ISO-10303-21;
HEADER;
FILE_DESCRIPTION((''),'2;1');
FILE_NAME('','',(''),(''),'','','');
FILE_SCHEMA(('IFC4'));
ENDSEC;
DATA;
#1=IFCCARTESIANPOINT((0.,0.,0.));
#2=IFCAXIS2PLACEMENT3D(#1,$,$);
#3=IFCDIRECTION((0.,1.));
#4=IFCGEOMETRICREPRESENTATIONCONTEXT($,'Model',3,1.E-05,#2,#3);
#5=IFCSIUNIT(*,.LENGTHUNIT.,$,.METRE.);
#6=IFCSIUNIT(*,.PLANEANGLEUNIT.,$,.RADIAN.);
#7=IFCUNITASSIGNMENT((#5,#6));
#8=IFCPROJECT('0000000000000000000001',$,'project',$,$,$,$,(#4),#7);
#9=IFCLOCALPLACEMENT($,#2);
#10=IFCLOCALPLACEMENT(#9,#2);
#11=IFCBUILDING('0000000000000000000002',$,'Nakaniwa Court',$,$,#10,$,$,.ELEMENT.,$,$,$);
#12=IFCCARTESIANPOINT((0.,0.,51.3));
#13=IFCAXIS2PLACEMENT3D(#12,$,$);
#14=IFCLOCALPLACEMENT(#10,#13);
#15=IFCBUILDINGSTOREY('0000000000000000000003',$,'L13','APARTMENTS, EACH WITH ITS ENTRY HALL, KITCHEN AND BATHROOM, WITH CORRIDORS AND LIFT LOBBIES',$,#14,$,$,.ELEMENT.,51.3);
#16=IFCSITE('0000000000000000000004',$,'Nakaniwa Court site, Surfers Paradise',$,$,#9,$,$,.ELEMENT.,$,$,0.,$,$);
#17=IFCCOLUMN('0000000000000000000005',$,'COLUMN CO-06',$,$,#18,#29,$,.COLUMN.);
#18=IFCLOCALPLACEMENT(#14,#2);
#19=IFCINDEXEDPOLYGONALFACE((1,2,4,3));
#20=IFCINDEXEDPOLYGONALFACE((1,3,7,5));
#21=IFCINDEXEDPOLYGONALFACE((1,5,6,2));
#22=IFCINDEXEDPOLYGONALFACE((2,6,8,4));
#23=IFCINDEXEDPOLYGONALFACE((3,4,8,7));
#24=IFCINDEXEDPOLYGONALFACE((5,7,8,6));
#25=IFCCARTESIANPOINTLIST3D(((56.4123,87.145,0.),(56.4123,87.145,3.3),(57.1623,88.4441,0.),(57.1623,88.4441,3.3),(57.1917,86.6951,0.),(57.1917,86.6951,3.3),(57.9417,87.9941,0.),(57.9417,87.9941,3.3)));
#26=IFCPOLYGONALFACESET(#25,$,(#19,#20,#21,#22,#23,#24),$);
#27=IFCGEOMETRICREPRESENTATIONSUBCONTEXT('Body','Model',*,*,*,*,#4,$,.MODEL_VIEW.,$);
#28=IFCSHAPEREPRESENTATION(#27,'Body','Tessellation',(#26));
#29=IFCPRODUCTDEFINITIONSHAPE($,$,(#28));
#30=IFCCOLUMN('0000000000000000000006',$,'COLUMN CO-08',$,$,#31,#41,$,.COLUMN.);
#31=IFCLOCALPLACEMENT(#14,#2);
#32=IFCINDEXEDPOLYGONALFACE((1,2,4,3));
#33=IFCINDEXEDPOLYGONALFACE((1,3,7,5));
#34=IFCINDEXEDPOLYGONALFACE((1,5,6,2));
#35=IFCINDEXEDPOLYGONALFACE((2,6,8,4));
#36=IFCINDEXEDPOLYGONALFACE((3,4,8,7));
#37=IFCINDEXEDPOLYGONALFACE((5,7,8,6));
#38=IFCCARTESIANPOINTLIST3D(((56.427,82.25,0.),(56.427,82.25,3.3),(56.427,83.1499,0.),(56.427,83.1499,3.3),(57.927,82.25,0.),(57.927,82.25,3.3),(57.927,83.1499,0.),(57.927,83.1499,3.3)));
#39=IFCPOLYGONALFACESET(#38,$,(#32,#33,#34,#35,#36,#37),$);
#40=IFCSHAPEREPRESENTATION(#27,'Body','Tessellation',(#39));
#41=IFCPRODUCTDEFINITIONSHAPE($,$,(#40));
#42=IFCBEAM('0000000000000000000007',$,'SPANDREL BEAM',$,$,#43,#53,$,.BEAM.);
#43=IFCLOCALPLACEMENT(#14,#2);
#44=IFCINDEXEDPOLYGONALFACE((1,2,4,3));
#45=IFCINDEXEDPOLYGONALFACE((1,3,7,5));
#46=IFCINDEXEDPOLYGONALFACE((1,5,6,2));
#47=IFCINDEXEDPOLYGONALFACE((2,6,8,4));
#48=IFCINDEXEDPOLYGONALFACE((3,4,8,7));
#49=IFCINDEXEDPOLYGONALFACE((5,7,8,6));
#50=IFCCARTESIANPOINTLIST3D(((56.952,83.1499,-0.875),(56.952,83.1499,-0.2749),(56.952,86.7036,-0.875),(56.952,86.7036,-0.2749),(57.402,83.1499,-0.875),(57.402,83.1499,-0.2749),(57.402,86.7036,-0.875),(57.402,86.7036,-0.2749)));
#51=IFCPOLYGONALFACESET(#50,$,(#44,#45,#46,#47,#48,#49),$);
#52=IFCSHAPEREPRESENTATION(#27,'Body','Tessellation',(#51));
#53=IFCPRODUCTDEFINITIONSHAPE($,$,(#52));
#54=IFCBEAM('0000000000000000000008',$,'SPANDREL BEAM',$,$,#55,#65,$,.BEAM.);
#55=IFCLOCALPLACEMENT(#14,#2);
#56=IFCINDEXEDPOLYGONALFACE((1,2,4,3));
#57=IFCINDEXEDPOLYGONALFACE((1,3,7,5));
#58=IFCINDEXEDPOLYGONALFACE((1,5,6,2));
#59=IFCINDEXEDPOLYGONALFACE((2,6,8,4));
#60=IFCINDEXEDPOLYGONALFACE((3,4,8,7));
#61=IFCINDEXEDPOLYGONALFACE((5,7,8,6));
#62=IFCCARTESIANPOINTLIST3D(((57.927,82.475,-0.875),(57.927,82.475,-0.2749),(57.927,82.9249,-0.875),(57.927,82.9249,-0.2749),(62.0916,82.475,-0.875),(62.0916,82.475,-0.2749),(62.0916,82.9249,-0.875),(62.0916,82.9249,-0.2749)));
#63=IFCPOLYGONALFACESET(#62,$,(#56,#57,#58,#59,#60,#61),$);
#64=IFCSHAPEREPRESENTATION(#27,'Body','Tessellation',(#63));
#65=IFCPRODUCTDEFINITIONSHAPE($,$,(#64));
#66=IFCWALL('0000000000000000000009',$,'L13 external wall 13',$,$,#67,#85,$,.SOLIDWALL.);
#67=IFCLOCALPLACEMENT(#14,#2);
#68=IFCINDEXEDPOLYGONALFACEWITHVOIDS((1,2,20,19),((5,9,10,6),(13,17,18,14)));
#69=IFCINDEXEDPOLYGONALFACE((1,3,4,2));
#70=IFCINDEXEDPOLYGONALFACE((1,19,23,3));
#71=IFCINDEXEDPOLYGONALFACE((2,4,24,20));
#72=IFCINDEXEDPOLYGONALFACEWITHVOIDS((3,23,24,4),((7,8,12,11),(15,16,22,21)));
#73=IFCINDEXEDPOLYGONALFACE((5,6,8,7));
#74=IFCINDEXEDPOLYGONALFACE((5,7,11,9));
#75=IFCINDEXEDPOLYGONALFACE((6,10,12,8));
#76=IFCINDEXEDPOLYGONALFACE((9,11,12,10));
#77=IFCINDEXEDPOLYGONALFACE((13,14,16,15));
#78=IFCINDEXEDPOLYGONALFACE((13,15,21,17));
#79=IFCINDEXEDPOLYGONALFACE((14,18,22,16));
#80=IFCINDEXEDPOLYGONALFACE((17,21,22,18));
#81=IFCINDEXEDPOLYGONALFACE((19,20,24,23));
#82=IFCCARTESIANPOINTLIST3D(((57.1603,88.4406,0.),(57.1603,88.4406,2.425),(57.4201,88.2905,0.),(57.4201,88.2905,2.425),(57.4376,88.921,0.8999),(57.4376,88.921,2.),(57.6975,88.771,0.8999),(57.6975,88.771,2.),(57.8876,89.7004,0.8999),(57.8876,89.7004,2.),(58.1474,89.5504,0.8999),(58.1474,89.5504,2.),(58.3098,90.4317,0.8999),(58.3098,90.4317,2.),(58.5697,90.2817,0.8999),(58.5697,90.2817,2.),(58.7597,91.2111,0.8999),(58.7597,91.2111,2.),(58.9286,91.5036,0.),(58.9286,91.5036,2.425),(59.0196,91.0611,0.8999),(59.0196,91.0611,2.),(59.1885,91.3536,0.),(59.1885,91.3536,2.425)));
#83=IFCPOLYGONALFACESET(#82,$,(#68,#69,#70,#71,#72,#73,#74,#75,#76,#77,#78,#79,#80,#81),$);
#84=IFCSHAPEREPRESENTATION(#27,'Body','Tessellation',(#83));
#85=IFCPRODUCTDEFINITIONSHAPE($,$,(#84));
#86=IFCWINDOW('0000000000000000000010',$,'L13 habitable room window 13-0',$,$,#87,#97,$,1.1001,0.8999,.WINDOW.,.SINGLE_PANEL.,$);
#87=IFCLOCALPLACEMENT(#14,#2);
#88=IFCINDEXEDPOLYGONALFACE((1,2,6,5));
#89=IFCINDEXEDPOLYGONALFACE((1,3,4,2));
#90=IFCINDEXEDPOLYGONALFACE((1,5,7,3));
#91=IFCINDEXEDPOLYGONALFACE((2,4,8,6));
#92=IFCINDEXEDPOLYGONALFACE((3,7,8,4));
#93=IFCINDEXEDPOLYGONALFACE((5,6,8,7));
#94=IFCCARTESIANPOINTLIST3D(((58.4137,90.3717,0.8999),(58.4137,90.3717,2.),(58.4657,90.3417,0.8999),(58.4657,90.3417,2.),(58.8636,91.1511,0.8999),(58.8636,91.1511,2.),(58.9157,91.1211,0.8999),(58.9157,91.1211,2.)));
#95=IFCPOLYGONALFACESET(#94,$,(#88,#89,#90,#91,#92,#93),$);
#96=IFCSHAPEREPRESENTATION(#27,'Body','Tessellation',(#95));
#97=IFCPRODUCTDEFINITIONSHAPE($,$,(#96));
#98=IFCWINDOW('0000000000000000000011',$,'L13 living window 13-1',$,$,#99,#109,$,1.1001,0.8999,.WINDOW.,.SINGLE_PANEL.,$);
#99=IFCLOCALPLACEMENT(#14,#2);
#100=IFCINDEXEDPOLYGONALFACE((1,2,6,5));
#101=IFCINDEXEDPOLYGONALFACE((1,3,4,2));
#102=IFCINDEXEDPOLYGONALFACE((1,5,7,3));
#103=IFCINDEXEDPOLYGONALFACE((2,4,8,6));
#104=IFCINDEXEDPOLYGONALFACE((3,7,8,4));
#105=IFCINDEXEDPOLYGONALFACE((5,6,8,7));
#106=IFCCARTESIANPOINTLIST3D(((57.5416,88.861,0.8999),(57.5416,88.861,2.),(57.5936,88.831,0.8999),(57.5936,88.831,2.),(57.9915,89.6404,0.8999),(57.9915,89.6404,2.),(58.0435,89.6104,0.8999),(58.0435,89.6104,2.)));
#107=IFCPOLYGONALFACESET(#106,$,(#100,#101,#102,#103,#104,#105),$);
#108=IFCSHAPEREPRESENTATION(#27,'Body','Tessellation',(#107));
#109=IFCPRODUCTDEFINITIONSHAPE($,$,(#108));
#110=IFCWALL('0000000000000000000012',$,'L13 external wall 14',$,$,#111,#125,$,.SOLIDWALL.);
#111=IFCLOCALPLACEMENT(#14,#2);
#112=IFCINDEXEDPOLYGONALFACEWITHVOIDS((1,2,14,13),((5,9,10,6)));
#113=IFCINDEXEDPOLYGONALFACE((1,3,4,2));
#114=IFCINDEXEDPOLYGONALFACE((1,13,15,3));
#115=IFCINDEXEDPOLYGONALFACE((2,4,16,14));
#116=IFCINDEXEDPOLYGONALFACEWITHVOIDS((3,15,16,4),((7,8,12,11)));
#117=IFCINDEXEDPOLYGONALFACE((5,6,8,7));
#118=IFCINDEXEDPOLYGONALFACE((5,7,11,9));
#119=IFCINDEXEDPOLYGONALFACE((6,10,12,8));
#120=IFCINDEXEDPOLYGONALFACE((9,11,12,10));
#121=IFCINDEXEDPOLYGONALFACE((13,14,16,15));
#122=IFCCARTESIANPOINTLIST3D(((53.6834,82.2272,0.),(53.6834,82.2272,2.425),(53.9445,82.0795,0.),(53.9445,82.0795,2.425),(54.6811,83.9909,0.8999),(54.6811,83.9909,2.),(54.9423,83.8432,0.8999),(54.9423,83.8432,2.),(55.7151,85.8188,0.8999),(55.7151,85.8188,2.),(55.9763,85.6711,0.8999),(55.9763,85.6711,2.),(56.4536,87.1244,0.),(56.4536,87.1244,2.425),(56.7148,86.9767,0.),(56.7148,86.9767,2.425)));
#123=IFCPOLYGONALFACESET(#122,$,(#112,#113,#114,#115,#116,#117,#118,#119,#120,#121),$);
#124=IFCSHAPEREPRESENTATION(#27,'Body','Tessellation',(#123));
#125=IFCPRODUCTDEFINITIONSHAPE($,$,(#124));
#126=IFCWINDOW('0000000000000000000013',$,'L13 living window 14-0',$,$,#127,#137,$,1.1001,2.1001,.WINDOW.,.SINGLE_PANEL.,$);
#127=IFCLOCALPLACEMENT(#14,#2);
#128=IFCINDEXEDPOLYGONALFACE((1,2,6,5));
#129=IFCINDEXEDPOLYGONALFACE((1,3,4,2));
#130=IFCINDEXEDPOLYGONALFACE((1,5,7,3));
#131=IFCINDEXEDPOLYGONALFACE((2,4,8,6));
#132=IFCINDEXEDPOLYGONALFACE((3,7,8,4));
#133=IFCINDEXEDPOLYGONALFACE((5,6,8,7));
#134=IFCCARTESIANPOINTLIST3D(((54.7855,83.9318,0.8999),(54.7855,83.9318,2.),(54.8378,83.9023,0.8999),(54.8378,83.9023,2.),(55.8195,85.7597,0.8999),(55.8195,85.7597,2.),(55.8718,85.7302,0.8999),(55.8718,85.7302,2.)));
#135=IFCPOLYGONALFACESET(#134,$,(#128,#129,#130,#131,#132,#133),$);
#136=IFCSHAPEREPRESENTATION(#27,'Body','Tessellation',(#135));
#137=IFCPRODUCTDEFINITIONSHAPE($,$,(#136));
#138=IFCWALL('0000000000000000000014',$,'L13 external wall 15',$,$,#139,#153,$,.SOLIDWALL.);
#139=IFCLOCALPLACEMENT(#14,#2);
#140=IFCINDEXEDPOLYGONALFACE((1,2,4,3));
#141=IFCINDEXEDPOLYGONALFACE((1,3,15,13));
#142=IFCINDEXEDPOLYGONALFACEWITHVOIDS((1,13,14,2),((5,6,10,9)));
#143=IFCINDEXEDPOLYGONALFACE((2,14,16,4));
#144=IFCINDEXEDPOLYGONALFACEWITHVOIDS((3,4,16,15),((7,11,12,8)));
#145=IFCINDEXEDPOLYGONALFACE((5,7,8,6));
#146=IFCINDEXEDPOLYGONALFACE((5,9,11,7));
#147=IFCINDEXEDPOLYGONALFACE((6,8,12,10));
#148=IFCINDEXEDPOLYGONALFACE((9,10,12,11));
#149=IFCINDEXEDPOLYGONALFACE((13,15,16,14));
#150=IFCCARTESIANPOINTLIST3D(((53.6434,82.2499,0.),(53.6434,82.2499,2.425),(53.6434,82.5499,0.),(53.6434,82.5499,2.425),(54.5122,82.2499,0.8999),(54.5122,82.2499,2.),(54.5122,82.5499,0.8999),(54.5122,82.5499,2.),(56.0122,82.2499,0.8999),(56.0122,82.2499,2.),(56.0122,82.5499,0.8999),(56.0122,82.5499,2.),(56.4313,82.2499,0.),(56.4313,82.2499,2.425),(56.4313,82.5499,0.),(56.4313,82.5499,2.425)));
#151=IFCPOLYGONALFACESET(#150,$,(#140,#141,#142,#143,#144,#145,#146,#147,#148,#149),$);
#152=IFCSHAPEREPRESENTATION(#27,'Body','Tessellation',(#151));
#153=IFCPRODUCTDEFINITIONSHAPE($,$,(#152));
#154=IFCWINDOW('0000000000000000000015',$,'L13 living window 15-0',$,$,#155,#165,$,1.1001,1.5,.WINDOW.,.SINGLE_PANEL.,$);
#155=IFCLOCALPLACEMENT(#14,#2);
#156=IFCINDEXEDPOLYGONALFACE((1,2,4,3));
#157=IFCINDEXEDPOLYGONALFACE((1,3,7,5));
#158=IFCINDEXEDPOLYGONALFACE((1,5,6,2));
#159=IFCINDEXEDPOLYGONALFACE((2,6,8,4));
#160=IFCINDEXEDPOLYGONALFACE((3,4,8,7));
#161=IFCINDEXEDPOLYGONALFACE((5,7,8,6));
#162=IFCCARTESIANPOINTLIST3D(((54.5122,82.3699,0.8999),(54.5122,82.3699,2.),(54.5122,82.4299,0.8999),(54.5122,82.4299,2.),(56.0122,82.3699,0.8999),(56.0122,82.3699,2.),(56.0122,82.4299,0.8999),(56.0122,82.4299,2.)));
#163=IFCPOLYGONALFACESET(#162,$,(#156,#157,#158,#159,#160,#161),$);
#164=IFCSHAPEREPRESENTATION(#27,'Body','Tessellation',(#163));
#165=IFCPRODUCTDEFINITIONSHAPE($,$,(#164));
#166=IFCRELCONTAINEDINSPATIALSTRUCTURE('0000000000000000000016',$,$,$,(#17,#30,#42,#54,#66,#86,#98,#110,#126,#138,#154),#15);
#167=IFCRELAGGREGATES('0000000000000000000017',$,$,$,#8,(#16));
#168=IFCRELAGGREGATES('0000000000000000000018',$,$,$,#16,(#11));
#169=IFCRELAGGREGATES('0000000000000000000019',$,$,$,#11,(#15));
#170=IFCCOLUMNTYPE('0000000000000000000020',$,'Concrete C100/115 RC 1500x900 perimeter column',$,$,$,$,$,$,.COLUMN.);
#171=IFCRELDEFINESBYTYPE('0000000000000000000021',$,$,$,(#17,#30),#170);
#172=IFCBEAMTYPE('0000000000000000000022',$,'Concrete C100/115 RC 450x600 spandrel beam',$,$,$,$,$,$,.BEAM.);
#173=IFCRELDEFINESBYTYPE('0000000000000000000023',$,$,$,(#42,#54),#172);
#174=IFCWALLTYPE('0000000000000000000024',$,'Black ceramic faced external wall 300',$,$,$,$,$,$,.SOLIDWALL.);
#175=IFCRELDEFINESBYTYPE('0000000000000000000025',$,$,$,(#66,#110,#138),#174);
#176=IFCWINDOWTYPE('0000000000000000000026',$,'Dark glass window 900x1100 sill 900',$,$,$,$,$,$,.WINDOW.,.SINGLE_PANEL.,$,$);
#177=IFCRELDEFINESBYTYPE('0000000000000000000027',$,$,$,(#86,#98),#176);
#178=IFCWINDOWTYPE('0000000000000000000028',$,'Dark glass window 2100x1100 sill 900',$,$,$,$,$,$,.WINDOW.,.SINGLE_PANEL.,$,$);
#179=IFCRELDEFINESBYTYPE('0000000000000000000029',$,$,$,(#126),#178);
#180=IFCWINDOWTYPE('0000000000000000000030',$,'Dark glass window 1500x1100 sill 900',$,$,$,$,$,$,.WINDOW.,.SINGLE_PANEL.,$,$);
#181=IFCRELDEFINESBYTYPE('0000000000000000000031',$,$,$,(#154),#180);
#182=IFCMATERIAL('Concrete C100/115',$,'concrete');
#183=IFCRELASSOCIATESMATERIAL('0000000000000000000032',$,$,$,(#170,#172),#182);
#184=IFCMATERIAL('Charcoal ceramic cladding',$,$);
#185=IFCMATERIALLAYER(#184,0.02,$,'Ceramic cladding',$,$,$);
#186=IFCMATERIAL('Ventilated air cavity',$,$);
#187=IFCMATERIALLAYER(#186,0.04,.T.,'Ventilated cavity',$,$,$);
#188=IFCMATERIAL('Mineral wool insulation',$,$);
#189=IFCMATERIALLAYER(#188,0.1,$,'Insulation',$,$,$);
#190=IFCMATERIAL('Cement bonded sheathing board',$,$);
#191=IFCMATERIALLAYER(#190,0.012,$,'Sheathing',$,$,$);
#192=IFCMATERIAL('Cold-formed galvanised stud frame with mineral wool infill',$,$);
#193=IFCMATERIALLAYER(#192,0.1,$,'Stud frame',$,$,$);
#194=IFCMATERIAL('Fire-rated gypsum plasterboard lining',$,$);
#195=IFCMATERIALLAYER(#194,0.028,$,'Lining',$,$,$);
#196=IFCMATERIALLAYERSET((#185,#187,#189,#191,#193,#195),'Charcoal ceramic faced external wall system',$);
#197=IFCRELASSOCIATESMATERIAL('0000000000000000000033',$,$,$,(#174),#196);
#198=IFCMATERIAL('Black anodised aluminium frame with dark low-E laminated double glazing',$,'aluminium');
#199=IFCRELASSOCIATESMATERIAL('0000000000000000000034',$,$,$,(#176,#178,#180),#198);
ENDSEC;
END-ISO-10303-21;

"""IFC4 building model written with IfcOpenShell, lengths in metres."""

from ifc_helpers import new_model, si_unit, direction, frame, frame_2d, origin, origin_2d, place, context, subcontext, project, spatial, rectangle, extrude, material, layer, layer_set, material_profile, profile_set, type_object, element, fill, save


model = new_model("IFC4")

# Units and contexts
model_context = context("Model", 3, precision=1e-05, world=origin(), true_north=direction((0.0, 1.0)))
body_context = subcontext(model_context, "Body", "Model", "MODEL_VIEW")
ifc_project = project(units=[si_unit("LENGTHUNIT", "METRE"), si_unit("PLANEANGLEUNIT", "RADIAN")], contexts=[model_context])

# Site, building, storey
site_placement = place(None, origin())
site = spatial("IfcSite", under=ifc_project, at=site_placement, Name="Nakaniwa Court site, Surfers Paradise", CompositionType="ELEMENT", RefElevation=0.0)
building_placement = place(site_placement, origin())
building = spatial("IfcBuilding", under=site, at=building_placement, Name="Nakaniwa Court", CompositionType="ELEMENT")
storey_placement = place(building_placement, frame((0.0, 0.0, 51.3)))
storey = spatial("IfcBuildingStorey", under=building, at=storey_placement, Name="L13", Description="APARTMENTS, EACH WITH ITS ENTRY HALL, KITCHEN AND BATHROOM, WITH CORRIDORS AND LIFT LOBBIES", CompositionType="ELEMENT", Elevation=51.3)

# Columns
ifc_material_1 = material(Name="Concrete C100/115", Category="concrete")
ifc_material_profile_1 = material_profile(ifc_material_1, rectangle(XDim=1.5, YDim=0.8999, at=origin_2d()), Name="Concrete C100/115 RC 1500x900 perimeter column")
ifc_profile_set_1 = profile_set([ifc_material_profile_1], Name="Concrete C100/115")
column_type = type_object("IfcColumnType", Name="Concrete C100/115 RC 1500x900 perimeter column", PredefinedType="COLUMN", material=ifc_profile_set_1)
for number, where, z_axis, x_axis, name in (
    (1, (57.177, 87.5696, 0.0), (0.0, 0.0, 1.0), (-0.5, -0.866025, 0.0), "COLUMN CO-06"),
    (2, (57.177, 82.7, 0.0), (0.0, 0.0, 1.0), (1.0, 0.0, 0.0), "COLUMN CO-08"),
):
    element("IfcColumn", number, at=place(storey_placement, frame(where, z_axis=z_axis, x_axis=x_axis)), inside=storey, type_object=column_type, Name=name, PredefinedType="COLUMN", context=body_context, shape_type="SweptSolid", body=[
        extrude(rectangle(XDim=1.5, YDim=0.8999, at=origin_2d()), origin(), (0.0, 0.0, 1.0), 3.3),
    ])

# Beams
ifc_material_profile_2 = material_profile(ifc_material_1, rectangle(XDim=0.45, YDim=0.6001, at=origin_2d()), Name="Concrete C100/115 RC 450x600 spandrel beam")
ifc_profile_set_2 = profile_set([ifc_material_profile_2], Name="Concrete C100/115")
beam_type = type_object("IfcBeamType", Name="Concrete C100/115 RC 450x600 spandrel beam", PredefinedType="BEAM", material=ifc_profile_set_2)
beam_1_placement = place(storey_placement, frame((57.177, 86.7036, -0.575), z_axis=(0.0, -1.0, 0.0), x_axis=(1.0, 0.0, 0.0)))
element("IfcBeam", 3, at=beam_1_placement, inside=storey, type_object=beam_type, Name="SPANDREL BEAM", PredefinedType="BEAM", context=body_context, shape_type="SweptSolid", body=[
    extrude(rectangle(XDim=0.45, YDim=0.6001, at=origin_2d()), origin(), (0.0, 0.0, 1.0), 3.5537),
])
beam_2_placement = place(storey_placement, frame((57.927, 82.7, -0.575), z_axis=(1.0, 0.0, 0.0), x_axis=(0.0, 1.0, 0.0)))
element("IfcBeam", 4, at=beam_2_placement, inside=storey, type_object=beam_type, Name="SPANDREL BEAM", PredefinedType="BEAM", context=body_context, shape_type="SweptSolid", body=[
    extrude(rectangle(XDim=0.45, YDim=0.6001, at=origin_2d()), origin(), (0.0, 0.0, 1.0), 4.1646),
])

# Wall, openings, windows
ifc_material_2 = material(Name="Charcoal ceramic cladding")
ifc_layer_1 = layer(ifc_material_2, 0.02, Name="Ceramic cladding")
ifc_material_3 = material(Name="Ventilated air cavity")
ifc_layer_2 = layer(ifc_material_3, 0.04, ventilated=True, Name="Ventilated cavity")
ifc_material_4 = material(Name="Mineral wool insulation")
ifc_layer_3 = layer(ifc_material_4, 0.1, Name="Insulation")
ifc_material_5 = material(Name="Cement bonded sheathing board")
ifc_layer_4 = layer(ifc_material_5, 0.012, Name="Sheathing")
ifc_material_6 = material(Name="Cold-formed galvanised stud frame with mineral wool infill")
ifc_layer_5 = layer(ifc_material_6, 0.1, Name="Stud frame")
ifc_material_7 = material(Name="Fire-rated gypsum plasterboard lining")
ifc_layer_6 = layer(ifc_material_7, 0.028, Name="Lining")
ifc_layer_set_1 = layer_set([ifc_layer_1, ifc_layer_2, ifc_layer_3, ifc_layer_4, ifc_layer_5, ifc_layer_6], Name="Charcoal ceramic faced external wall system")
wall_type_1 = type_object("IfcWallType", Name="Black ceramic faced external wall 300", PredefinedType="SOLIDWALL", material=ifc_layer_set_1)
wall_1_placement = place(storey_placement, frame((59.0586, 91.4287, 0.0), z_axis=(0.0, 0.0, 1.0), x_axis=(-0.499977, -0.866038, 0.0)))
wall_1 = element("IfcWall", 5, at=wall_1_placement, inside=storey, type_object=wall_type_1, Name="L13 external wall 13", PredefinedType="SOLIDWALL", context=body_context, shape_type="SweptSolid", body=[
    extrude(rectangle(XDim=3.5369, YDim=0.3, at=frame_2d((1.7686, 0.0))), origin(), (0.0, 0.0, 1.0), 2.425),
])
opening_1_placement = place(wall_1_placement, frame((0.3379, 0.0, 0.8999)))
opening_1 = element("IfcOpeningElement", 6, at=opening_1_placement, cuts=wall_1, PredefinedType="OPENING", context=body_context, shape_type="SweptSolid", body=[
    extrude(rectangle(XDim=0.8999, YDim=1.1001, at=frame_2d((0.45, 0.55))), frame((0.0, 0.1599, 0.0), z_axis=(0.0, -1.0, 0.0), x_axis=(1.0, 0.0, 0.0)), (0.0, 0.0, 1.0), 0.3201),
])
opening_2_placement = place(wall_1_placement, frame((2.0823, 0.0, 0.8999)))
opening_2 = element("IfcOpeningElement", 7, at=opening_2_placement, cuts=wall_1, PredefinedType="OPENING", context=body_context, shape_type="SweptSolid", body=[
    extrude(rectangle(XDim=0.8999, YDim=1.1001, at=frame_2d((0.45, 0.55))), frame((0.0, 0.1599, 0.0), z_axis=(0.0, -1.0, 0.0), x_axis=(1.0, 0.0, 0.0)), (0.0, 0.0, 1.0), 0.3201),
])
ifc_material_8 = material(Name="Black anodised aluminium frame with dark low-E laminated double glazing", Category="aluminium")
window_type_1 = type_object("IfcWindowType", Name="Dark glass window 900x1100 sill 900", PartitioningType="SINGLE_PANEL", PredefinedType="WINDOW", material=ifc_material_8)
window_1_placement = place(opening_1_placement, origin())
window_1 = element("IfcWindow", 8, at=window_1_placement, inside=storey, type_object=window_type_1, Name="L13 habitable room window 13-0", OverallHeight=1.1001, OverallWidth=0.8999, PartitioningType="SINGLE_PANEL", PredefinedType="WINDOW", context=body_context, shape_type="SweptSolid", body=[
    extrude(rectangle(XDim=0.8999, YDim=1.1001, at=frame_2d((0.45, 0.55))), frame((0.0, 0.03, 0.0), z_axis=(0.0, -1.0, 0.0), x_axis=(1.0, 0.0, 0.0)), (0.0, 0.0, 1.0), 0.0601),
])
fill(opening_1, window_1)
window_2_placement = place(opening_2_placement, origin())
window_2 = element("IfcWindow", 9, at=window_2_placement, inside=storey, type_object=window_type_1, Name="L13 living window 13-1", OverallHeight=1.1001, OverallWidth=0.8999, PartitioningType="SINGLE_PANEL", PredefinedType="WINDOW", context=body_context, shape_type="SweptSolid", body=[
    extrude(rectangle(XDim=0.8999, YDim=1.1001, at=frame_2d((0.45, 0.55))), frame((0.0, 0.03, 0.0), z_axis=(0.0, -1.0, 0.0), x_axis=(1.0, 0.0, 0.0)), (0.0, 0.0, 1.0), 0.0601),
])
fill(opening_2, window_2)

# Walls, openings, windows
wall_2_placement = place(storey_placement, frame((56.5842, 87.0505, 0.0), z_axis=(0.0, 0.0, 1.0), x_axis=(-0.492363, -0.87039, 0.0)))
wall_2 = element("IfcWall", 10, at=wall_2_placement, inside=storey, type_object=wall_type_1, Name="L13 external wall 14", PredefinedType="SOLIDWALL", context=body_context, shape_type="SweptSolid", body=[
    extrude(rectangle(XDim=5.6265, YDim=0.3, at=frame_2d((2.8132, 0.0))), origin(), (0.0, 0.0, 1.0), 2.425),
])
opening_3_placement = place(wall_2_placement, frame((1.5, 0.0, 0.8999)))
opening_3 = element("IfcOpeningElement", 11, at=opening_3_placement, cuts=wall_2, PredefinedType="OPENING", context=body_context, shape_type="SweptSolid", body=[
    extrude(rectangle(XDim=2.1001, YDim=1.1001, at=frame_2d((1.05, 0.55))), frame((0.0, 0.1599, 0.0), z_axis=(0.0, -1.0, 0.0), x_axis=(1.0, 0.0, 0.0)), (0.0, 0.0, 1.0), 0.3201),
])
window_type_2 = type_object("IfcWindowType", Name="Dark glass window 2100x1100 sill 900", PartitioningType="SINGLE_PANEL", PredefinedType="WINDOW", material=ifc_material_8)
window_3_placement = place(opening_3_placement, origin())
window_3 = element("IfcWindow", 12, at=window_3_placement, inside=storey, type_object=window_type_2, Name="L13 living window 14-0", OverallHeight=1.1001, OverallWidth=2.1001, PartitioningType="SINGLE_PANEL", PredefinedType="WINDOW", context=body_context, shape_type="SweptSolid", body=[
    extrude(rectangle(XDim=2.1001, YDim=1.1001, at=frame_2d((1.05, 0.55))), frame((0.0, 0.03, 0.0), z_axis=(0.0, -1.0, 0.0), x_axis=(1.0, 0.0, 0.0)), (0.0, 0.0, 1.0), 0.0601),
])
fill(opening_3, window_3)
wall_3_placement = place(storey_placement, frame((53.6433, 82.3999, 0.0), z_axis=(0.0, 0.0, 1.0), x_axis=(1.0, 0.0, 0.0)))
wall_3 = element("IfcWall", 13, at=wall_3_placement, inside=storey, type_object=wall_type_1, Name="L13 external wall 15", PredefinedType="SOLIDWALL", context=body_context, shape_type="SweptSolid", body=[
    extrude(rectangle(XDim=2.7878, YDim=0.3, at=frame_2d((1.394, 0.0))), origin(), (0.0, 0.0, 1.0), 2.425),
])
opening_4_placement = place(wall_3_placement, frame((0.8689, 0.0, 0.8999)))
opening_4 = element("IfcOpeningElement", 14, at=opening_4_placement, cuts=wall_3, PredefinedType="OPENING", context=body_context, shape_type="SweptSolid", body=[
    extrude(rectangle(XDim=1.5, YDim=1.1001, at=frame_2d((0.75, 0.55))), frame((0.0, 0.1599, 0.0), z_axis=(0.0, -1.0, 0.0), x_axis=(1.0, 0.0, 0.0)), (0.0, 0.0, 1.0), 0.3201),
])
window_type_3 = type_object("IfcWindowType", Name="Dark glass window 1500x1100 sill 900", PartitioningType="SINGLE_PANEL", PredefinedType="WINDOW", material=ifc_material_8)
window_4_placement = place(opening_4_placement, origin())
window_4 = element("IfcWindow", 15, at=window_4_placement, inside=storey, type_object=window_type_3, Name="L13 living window 15-0", OverallHeight=1.1001, OverallWidth=1.5, PartitioningType="SINGLE_PANEL", PredefinedType="WINDOW", context=body_context, shape_type="SweptSolid", body=[
    extrude(rectangle(XDim=1.5, YDim=1.1001, at=frame_2d((0.75, 0.55))), frame((0.0, 0.03, 0.0), z_axis=(0.0, -1.0, 0.0), x_axis=(1.0, 0.0, 0.0)), (0.0, 0.0, 1.0), 0.0601),
])
fill(opening_4, window_4)

save(model, "model.ifc")
